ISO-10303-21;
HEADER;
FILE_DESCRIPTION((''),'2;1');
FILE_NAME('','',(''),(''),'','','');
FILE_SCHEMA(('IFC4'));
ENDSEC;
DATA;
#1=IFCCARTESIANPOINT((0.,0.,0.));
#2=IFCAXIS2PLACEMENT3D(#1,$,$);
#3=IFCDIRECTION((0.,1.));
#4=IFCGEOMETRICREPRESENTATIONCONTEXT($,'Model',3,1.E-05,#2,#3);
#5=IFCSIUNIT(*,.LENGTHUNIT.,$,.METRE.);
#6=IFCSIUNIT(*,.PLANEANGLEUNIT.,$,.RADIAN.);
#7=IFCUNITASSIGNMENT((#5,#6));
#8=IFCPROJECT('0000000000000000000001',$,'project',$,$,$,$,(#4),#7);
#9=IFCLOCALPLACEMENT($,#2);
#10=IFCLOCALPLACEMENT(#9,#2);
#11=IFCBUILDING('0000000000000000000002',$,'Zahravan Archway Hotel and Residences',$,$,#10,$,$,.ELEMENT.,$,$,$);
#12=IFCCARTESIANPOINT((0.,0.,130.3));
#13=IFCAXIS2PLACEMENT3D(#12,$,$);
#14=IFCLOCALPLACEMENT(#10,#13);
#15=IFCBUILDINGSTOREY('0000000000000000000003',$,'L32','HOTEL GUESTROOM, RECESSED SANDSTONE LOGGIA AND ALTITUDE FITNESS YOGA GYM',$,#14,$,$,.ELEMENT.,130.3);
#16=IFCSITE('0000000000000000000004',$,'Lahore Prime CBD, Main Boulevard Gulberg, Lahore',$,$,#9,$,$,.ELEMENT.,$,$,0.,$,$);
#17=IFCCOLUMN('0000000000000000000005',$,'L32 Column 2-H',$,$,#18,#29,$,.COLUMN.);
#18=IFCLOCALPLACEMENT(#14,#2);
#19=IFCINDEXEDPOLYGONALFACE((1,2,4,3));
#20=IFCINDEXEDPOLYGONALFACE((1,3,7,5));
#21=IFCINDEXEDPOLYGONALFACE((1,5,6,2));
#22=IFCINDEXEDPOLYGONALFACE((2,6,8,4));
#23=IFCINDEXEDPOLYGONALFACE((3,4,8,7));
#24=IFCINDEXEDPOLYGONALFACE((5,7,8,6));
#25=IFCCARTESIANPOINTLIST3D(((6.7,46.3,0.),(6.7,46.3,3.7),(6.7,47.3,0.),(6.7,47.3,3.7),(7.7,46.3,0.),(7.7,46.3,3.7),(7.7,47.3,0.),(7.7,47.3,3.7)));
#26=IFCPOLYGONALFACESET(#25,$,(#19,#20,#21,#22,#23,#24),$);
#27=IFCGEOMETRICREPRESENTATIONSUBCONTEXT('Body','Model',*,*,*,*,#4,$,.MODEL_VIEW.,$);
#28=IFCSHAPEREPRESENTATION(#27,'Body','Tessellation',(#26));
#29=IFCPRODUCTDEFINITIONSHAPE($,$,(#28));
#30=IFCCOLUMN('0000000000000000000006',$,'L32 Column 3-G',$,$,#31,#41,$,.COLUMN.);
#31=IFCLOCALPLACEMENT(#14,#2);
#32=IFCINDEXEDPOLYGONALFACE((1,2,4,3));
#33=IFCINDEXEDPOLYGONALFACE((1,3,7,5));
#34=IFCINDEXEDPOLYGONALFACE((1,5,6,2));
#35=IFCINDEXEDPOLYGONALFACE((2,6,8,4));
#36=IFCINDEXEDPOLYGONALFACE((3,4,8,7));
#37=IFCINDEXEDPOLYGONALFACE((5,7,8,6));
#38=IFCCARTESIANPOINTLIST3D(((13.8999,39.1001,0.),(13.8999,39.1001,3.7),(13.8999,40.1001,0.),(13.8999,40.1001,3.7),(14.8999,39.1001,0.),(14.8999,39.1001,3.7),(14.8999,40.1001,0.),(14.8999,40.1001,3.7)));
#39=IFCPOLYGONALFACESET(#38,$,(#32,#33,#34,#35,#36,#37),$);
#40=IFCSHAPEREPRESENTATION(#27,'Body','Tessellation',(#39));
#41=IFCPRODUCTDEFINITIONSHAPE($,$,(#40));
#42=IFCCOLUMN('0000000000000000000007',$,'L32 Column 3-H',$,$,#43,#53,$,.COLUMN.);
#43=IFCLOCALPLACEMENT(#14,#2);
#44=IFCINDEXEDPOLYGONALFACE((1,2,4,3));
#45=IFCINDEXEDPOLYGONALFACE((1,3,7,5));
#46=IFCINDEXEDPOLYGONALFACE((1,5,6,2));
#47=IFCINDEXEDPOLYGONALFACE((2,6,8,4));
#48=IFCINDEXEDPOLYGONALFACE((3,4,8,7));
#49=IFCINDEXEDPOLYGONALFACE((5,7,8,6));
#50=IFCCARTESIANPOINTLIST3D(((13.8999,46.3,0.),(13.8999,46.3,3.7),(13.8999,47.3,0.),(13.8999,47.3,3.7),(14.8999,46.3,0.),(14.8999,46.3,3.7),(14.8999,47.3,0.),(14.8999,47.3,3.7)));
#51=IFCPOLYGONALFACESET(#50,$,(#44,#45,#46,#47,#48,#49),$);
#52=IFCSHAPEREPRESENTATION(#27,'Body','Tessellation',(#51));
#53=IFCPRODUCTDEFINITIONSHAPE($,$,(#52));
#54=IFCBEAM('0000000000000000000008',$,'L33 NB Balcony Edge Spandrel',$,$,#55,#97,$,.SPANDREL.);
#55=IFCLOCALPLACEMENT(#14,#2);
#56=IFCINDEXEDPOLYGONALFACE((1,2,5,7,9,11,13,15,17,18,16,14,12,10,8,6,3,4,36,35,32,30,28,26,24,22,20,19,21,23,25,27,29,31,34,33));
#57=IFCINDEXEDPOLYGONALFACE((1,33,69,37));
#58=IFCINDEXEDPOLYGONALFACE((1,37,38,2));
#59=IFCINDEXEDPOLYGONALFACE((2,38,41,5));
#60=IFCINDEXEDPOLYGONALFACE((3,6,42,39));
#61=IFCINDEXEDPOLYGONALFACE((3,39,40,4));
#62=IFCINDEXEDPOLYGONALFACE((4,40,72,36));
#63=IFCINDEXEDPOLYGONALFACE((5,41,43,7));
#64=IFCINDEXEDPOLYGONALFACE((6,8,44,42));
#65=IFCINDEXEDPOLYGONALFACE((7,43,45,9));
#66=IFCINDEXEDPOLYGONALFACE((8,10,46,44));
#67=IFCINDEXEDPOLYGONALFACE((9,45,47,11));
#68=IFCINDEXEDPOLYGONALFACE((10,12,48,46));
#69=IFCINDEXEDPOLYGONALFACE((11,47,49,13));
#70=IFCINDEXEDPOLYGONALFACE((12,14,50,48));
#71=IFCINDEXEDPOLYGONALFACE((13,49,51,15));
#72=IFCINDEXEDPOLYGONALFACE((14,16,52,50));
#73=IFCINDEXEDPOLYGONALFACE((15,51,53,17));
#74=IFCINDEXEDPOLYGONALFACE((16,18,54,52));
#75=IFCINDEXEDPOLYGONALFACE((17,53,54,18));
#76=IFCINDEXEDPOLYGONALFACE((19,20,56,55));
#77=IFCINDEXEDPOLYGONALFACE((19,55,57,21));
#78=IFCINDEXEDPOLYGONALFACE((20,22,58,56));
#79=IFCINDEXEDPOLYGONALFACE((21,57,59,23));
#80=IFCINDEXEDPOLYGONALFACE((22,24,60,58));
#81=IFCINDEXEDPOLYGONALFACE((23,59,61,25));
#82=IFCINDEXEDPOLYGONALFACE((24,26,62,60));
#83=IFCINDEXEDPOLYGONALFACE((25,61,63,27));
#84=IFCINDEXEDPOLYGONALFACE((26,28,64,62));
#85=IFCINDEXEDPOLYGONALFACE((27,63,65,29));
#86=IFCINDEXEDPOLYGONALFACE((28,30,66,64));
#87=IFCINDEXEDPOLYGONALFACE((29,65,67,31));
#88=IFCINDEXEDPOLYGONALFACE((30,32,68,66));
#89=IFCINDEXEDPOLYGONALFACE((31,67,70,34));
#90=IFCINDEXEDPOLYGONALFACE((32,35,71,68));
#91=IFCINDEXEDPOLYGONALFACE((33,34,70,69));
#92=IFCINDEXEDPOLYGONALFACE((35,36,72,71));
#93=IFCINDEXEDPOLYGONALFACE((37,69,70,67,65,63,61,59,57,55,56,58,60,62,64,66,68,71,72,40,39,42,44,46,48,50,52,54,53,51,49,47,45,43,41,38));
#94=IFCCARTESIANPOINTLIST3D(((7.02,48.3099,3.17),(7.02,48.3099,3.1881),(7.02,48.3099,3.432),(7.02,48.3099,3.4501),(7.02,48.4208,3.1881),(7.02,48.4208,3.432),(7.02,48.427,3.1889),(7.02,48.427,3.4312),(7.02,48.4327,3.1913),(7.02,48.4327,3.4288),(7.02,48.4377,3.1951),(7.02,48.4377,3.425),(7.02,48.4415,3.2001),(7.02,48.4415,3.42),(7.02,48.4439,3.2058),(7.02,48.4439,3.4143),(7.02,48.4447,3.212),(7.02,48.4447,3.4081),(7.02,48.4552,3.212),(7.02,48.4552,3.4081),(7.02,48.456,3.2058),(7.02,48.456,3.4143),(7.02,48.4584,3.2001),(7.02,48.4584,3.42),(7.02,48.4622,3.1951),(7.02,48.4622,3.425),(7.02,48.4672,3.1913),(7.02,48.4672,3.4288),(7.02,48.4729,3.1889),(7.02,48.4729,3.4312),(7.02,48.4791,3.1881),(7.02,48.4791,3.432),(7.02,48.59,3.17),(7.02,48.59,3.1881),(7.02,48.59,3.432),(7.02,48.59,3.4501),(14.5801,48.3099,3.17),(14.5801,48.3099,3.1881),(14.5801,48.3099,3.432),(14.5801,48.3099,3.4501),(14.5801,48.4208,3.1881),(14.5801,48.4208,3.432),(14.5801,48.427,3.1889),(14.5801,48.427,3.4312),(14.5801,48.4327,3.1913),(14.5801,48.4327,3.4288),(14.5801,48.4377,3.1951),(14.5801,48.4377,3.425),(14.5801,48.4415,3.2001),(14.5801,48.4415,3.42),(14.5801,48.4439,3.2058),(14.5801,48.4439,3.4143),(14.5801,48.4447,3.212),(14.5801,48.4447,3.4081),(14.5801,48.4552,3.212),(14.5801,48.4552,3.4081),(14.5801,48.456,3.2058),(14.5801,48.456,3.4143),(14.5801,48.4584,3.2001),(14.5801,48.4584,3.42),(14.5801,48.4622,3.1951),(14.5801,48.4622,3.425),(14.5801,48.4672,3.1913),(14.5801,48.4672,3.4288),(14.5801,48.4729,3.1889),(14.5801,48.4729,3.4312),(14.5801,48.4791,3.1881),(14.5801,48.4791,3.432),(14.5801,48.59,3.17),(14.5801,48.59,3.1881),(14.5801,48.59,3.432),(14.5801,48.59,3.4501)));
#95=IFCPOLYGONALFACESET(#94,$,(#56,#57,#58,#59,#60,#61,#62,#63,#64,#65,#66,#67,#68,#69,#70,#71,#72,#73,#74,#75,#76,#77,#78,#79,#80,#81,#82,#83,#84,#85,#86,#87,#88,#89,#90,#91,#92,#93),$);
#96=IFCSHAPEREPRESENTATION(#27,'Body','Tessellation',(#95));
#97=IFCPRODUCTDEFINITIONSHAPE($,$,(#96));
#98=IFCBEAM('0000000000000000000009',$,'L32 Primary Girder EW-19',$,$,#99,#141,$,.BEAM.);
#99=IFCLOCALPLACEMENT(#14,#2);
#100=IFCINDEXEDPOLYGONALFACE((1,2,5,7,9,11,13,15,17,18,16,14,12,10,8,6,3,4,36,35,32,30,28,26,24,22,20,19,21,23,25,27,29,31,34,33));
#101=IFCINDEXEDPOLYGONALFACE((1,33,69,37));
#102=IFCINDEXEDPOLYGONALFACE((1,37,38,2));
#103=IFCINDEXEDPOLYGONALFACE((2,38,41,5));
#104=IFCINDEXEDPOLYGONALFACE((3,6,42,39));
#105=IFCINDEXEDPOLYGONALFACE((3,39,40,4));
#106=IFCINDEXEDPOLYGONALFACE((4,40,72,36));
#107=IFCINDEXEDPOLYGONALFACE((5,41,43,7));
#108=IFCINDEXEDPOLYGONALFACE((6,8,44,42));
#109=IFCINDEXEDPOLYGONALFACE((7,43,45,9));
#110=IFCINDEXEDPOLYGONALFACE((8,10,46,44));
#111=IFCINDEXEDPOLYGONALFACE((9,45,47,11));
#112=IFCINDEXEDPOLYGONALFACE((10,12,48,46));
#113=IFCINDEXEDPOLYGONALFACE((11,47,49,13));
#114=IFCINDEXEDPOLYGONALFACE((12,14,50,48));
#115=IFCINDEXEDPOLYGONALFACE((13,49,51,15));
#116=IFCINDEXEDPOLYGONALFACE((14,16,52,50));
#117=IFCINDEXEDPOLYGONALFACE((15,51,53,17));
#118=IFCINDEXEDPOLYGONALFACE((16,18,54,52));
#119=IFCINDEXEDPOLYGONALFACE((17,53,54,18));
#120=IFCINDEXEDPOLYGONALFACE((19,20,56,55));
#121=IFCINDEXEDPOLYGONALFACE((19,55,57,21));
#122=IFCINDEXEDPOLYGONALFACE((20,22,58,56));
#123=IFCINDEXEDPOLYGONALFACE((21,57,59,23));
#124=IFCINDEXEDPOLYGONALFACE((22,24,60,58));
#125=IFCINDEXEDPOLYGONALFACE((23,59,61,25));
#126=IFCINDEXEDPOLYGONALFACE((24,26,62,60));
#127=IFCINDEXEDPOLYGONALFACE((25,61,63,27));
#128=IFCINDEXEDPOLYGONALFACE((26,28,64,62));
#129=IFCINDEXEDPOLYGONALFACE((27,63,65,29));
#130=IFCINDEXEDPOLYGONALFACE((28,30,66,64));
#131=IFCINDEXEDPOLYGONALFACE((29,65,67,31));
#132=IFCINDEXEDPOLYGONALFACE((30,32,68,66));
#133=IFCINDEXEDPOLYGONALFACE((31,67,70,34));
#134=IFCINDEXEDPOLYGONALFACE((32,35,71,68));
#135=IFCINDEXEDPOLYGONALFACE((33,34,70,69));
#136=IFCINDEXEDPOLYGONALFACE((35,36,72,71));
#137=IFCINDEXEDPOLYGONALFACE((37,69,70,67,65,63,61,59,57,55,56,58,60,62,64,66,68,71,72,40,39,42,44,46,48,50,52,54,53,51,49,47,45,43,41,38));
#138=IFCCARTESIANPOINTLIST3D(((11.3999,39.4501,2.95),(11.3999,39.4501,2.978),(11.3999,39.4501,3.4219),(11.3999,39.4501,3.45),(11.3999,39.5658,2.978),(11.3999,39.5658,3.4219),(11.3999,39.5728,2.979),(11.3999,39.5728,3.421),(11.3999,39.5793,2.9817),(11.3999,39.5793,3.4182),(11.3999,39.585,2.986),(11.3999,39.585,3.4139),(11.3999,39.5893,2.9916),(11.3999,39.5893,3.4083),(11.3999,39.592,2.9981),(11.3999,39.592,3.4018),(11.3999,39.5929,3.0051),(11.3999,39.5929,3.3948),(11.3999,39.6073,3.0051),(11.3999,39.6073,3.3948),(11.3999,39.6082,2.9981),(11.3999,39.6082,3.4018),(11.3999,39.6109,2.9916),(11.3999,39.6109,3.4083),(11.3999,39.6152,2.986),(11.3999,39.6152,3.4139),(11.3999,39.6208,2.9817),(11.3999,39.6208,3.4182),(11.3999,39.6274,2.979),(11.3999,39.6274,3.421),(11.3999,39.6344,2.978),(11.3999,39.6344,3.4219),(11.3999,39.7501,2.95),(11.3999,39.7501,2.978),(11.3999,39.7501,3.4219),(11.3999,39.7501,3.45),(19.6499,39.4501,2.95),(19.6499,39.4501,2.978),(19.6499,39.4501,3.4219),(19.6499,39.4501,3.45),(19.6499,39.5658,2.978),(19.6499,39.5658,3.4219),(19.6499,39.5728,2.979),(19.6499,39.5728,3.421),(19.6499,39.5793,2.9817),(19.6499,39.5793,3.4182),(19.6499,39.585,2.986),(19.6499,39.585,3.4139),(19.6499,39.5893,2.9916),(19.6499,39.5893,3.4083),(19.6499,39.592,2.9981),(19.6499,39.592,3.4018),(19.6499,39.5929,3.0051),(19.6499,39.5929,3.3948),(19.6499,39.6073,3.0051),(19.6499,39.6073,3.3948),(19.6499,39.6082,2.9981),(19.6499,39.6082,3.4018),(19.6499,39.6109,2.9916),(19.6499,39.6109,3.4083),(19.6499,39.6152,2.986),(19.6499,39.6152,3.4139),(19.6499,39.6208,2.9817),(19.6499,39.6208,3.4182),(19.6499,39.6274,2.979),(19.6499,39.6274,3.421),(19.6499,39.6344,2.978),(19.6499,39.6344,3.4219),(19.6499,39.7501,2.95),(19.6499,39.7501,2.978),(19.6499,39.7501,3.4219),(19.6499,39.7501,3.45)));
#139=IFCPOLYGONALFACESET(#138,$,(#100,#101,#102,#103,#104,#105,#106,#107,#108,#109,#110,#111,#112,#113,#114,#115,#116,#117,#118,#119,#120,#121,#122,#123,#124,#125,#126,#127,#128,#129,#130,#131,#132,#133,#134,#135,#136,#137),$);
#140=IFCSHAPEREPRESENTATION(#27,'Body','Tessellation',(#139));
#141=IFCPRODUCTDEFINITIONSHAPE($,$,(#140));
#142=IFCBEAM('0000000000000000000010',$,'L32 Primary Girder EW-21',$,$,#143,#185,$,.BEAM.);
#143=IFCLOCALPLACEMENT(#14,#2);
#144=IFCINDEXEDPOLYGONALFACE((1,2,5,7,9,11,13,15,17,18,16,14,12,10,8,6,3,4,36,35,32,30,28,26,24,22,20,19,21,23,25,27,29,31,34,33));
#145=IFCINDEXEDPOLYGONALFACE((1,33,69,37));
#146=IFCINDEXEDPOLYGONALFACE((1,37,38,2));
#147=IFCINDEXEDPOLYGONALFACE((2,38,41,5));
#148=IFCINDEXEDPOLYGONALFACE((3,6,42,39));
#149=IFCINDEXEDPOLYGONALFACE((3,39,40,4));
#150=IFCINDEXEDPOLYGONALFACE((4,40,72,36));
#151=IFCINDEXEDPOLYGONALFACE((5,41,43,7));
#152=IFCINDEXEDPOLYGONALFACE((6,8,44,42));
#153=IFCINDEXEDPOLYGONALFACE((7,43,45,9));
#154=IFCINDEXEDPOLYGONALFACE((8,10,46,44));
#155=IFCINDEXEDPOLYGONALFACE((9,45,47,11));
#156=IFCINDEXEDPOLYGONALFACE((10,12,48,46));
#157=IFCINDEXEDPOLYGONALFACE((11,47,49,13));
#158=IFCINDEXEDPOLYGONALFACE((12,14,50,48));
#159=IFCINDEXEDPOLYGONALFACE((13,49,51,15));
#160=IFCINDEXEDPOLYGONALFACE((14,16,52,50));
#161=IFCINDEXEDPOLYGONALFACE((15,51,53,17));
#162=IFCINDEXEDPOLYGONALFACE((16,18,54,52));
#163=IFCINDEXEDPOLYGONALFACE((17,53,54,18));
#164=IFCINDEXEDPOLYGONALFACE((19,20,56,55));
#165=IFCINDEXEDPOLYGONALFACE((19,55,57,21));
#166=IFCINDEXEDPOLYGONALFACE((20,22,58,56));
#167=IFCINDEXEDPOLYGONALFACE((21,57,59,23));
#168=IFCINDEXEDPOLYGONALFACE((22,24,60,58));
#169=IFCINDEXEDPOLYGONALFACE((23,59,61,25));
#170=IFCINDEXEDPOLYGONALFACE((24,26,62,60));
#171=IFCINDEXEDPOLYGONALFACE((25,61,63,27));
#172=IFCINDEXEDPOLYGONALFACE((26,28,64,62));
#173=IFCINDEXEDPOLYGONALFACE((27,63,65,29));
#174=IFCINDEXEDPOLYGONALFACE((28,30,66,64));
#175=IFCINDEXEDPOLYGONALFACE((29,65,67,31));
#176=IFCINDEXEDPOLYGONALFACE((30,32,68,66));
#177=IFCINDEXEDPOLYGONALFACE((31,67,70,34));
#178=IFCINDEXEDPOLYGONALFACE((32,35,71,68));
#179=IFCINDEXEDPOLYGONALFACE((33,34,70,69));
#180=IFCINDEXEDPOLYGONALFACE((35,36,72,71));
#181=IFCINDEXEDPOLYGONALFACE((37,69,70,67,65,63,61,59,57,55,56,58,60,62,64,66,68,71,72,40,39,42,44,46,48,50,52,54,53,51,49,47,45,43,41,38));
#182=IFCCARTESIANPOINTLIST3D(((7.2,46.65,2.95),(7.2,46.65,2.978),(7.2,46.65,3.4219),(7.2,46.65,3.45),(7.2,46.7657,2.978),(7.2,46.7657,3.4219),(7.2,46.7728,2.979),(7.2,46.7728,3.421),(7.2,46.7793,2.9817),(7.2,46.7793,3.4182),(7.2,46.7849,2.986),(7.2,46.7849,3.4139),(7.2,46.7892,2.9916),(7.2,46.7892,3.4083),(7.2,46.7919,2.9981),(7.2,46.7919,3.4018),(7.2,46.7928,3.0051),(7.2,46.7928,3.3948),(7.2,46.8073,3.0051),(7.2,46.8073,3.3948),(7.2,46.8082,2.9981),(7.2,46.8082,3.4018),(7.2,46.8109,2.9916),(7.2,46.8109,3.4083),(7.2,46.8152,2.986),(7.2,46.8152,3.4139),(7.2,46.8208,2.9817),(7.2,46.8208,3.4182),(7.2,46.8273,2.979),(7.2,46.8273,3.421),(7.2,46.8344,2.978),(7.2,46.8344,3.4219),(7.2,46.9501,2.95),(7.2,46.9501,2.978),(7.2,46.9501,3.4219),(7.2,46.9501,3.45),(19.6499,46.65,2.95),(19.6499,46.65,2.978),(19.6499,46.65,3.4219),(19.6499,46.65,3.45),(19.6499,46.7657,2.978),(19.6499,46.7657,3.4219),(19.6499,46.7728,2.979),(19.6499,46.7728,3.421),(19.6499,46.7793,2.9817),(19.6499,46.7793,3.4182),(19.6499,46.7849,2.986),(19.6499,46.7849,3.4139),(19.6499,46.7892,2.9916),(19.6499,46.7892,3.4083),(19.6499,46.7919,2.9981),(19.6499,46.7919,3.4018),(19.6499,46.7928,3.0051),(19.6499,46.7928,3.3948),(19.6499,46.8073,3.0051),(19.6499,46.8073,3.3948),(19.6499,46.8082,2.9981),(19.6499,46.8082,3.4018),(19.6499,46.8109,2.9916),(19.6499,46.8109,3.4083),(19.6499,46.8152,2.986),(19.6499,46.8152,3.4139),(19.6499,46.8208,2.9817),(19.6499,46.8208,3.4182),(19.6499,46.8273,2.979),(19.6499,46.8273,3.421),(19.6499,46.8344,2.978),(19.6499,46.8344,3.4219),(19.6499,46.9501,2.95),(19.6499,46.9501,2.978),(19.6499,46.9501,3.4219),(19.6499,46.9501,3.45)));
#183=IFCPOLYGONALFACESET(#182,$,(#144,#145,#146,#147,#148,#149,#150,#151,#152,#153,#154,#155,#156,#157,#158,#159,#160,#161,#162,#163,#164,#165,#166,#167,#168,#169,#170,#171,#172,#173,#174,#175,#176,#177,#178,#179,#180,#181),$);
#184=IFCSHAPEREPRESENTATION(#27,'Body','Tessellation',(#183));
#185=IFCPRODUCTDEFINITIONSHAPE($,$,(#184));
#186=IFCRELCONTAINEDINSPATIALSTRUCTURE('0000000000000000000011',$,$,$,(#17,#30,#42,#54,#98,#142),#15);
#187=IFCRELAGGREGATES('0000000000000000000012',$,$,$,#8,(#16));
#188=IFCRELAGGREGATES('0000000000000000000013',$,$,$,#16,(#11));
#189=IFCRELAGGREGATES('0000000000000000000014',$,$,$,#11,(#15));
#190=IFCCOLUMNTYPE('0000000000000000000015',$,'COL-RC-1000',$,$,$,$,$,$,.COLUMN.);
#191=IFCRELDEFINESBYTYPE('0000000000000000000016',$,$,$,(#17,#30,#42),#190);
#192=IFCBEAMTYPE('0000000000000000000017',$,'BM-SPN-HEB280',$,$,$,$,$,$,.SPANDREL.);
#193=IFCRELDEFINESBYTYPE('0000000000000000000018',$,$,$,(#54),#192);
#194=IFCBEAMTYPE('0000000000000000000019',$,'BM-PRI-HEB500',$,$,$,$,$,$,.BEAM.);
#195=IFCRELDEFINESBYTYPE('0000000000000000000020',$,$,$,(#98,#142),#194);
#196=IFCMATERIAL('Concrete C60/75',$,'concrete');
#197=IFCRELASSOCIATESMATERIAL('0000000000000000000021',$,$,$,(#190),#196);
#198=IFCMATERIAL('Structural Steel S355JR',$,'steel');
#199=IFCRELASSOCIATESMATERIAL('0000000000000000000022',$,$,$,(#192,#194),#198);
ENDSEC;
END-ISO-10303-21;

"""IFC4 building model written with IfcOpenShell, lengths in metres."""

from ifc_helpers import new_model, si_unit, direction, frame, origin, origin_2d, place, context, subcontext, project, spatial, rectangle, i_section, extrude, source, transform, mapped, material, material_profile, profile_set, type_object, type_shapes, element, save


model = new_model("IFC4")

# Units and contexts
model_context = context("Model", 3, precision=1e-05, world=origin(), true_north=direction((0.0, 1.0)))
body_context = subcontext(model_context, "Body", "Model", "MODEL_VIEW")
ifc_project = project(units=[si_unit("LENGTHUNIT", "METRE"), si_unit("PLANEANGLEUNIT", "RADIAN")], contexts=[model_context])

# Site, building, storey
site_placement = place(None, origin())
site = spatial("IfcSite", under=ifc_project, at=site_placement, Name="Lahore Prime CBD, Main Boulevard Gulberg, Lahore", CompositionType="ELEMENT", RefElevation=0.0)
building_placement = place(site_placement, origin())
building = spatial("IfcBuilding", under=site, at=building_placement, Name="Zahravan Archway Hotel and Residences", CompositionType="ELEMENT")
storey_placement = place(building_placement, frame((0.0, 0.0, 130.3)))
storey = spatial("IfcBuildingStorey", under=building, at=storey_placement, Name="L32", Description="HOTEL GUESTROOM, RECESSED SANDSTONE LOGGIA AND ALTITUDE FITNESS YOGA GYM", CompositionType="ELEMENT", Elevation=130.3)

# Columns
ifc_material_1 = material(Name="Concrete C60/75", Category="concrete")
ifc_material_profile_1 = material_profile(ifc_material_1, rectangle(XDim=1.0, YDim=1.0, at=origin_2d()), Name="RC-COL-1000x1000", Category="concrete")
ifc_profile_set_1 = profile_set([ifc_material_profile_1], Name="Concrete C60/75")
column_type = type_object("IfcColumnType", Name="COL-RC-1000", PredefinedType="COLUMN", material=ifc_profile_set_1)
shared_shape_1 = source(origin(), body_context, "Body", "SweptSolid", [
    extrude(rectangle(XDim=1.0, YDim=1.0, at=origin_2d()), origin(), (0.0, 0.0, 1.0), 3.7),
])
type_shapes(column_type, [shared_shape_1])
for number, where, z_axis, x_axis, name in (
    (1, (7.2, 46.8, 0.0), (0.0, 0.0, 1.0), (1.0, 0.0, 0.0), "L32 Column 2-H"),
    (2, (14.3999, 39.6001, 0.0), (0.0, 0.0, 1.0), (1.0, 0.0, 0.0), "L32 Column 3-G"),
    (3, (14.3999, 46.8, 0.0), (0.0, 0.0, 1.0), (1.0, 0.0, 0.0), "L32 Column 3-H"),
):
    element("IfcColumn", number, at=place(storey_placement, frame(where, z_axis=z_axis, x_axis=x_axis)), inside=storey, type_object=column_type, Name=name, PredefinedType="COLUMN", context=body_context, shape_type="MappedRepresentation", body=[
        mapped(shared_shape_1, transform((0.0, 0.0, 0.0), scale=1.0)),
    ])

# Beams
ifc_material_2 = material(Name="Structural Steel S355JR", Category="steel")
ifc_material_profile_2 = material_profile(ifc_material_2, i_section(OverallWidth=0.28, OverallDepth=0.28, WebThickness=0.0105, FlangeThickness=0.0181, FilletRadius=0.0239, at=origin_2d()), Name="HEB 280", Category="steel")
ifc_profile_set_2 = profile_set([ifc_material_profile_2], Name="Structural Steel S355JR")
beam_type_1 = type_object("IfcBeamType", Name="BM-SPN-HEB280", PredefinedType="SPANDREL", material=ifc_profile_set_2)
shared_shape_2 = source(origin(), body_context, "Body", "SweptSolid", [
    extrude(i_section(OverallWidth=0.28, OverallDepth=0.28, WebThickness=0.0105, FlangeThickness=0.0181, FilletRadius=0.0239, at=origin_2d()), origin(), (0.0, 0.0, 1.0), 7.5601),
])
type_shapes(beam_type_1, [shared_shape_2])
beam_1_placement = place(storey_placement, frame((7.02, 48.45, 3.3101), z_axis=(1.0, 0.0, 0.0), x_axis=(0.0, 1.0, 0.0)))
element("IfcBeam", 4, at=beam_1_placement, inside=storey, type_object=beam_type_1, Name="L33 NB Balcony Edge Spandrel", PredefinedType="SPANDREL", context=body_context, shape_type="MappedRepresentation", body=[
    mapped(shared_shape_2, transform((0.0, 0.0, 0.0), scale=1.0)),
])
ifc_material_profile_3 = material_profile(ifc_material_2, i_section(OverallWidth=0.3, OverallDepth=0.5, WebThickness=0.0144, FlangeThickness=0.0281, FilletRadius=0.0271, at=origin_2d()), Name="HEB 500", Category="steel")
ifc_profile_set_3 = profile_set([ifc_material_profile_3], Name="Structural Steel S355JR")
beam_type_2 = type_object("IfcBeamType", Name="BM-PRI-HEB500", PredefinedType="BEAM", material=ifc_profile_set_3)
shared_shape_3 = source(origin(), body_context, "Body", "SweptSolid", [
    extrude(i_section(OverallWidth=0.3, OverallDepth=0.5, WebThickness=0.0144, FlangeThickness=0.0281, FilletRadius=0.0271, at=origin_2d()), origin(), (0.0, 0.0, 1.0), 8.25),
])
beam_2_placement = place(storey_placement, frame((11.3999, 39.6001, 3.2), z_axis=(1.0, 0.0, 0.0), x_axis=(0.0, 1.0, 0.0)))
element("IfcBeam", 5, at=beam_2_placement, inside=storey, type_object=beam_type_2, Name="L32 Primary Girder EW-19", PredefinedType="BEAM", context=body_context, shape_type="MappedRepresentation", body=[
    mapped(shared_shape_3, transform((0.0, 0.0, 0.0), scale=1.0)),
])
shared_shape_4 = source(origin(), body_context, "Body", "SweptSolid", [
    extrude(i_section(OverallWidth=0.3, OverallDepth=0.5, WebThickness=0.0144, FlangeThickness=0.0281, FilletRadius=0.0271, at=origin_2d()), origin(), (0.0, 0.0, 1.0), 12.45),
])
beam_3_placement = place(storey_placement, frame((7.2, 46.8, 3.2), z_axis=(1.0, 0.0, 0.0), x_axis=(0.0, 1.0, 0.0)))
element("IfcBeam", 6, at=beam_3_placement, inside=storey, type_object=beam_type_2, Name="L32 Primary Girder EW-21", PredefinedType="BEAM", context=body_context, shape_type="MappedRepresentation", body=[
    mapped(shared_shape_4, transform((0.0, 0.0, 0.0), scale=1.0)),
])

save(model, "model.ifc")
